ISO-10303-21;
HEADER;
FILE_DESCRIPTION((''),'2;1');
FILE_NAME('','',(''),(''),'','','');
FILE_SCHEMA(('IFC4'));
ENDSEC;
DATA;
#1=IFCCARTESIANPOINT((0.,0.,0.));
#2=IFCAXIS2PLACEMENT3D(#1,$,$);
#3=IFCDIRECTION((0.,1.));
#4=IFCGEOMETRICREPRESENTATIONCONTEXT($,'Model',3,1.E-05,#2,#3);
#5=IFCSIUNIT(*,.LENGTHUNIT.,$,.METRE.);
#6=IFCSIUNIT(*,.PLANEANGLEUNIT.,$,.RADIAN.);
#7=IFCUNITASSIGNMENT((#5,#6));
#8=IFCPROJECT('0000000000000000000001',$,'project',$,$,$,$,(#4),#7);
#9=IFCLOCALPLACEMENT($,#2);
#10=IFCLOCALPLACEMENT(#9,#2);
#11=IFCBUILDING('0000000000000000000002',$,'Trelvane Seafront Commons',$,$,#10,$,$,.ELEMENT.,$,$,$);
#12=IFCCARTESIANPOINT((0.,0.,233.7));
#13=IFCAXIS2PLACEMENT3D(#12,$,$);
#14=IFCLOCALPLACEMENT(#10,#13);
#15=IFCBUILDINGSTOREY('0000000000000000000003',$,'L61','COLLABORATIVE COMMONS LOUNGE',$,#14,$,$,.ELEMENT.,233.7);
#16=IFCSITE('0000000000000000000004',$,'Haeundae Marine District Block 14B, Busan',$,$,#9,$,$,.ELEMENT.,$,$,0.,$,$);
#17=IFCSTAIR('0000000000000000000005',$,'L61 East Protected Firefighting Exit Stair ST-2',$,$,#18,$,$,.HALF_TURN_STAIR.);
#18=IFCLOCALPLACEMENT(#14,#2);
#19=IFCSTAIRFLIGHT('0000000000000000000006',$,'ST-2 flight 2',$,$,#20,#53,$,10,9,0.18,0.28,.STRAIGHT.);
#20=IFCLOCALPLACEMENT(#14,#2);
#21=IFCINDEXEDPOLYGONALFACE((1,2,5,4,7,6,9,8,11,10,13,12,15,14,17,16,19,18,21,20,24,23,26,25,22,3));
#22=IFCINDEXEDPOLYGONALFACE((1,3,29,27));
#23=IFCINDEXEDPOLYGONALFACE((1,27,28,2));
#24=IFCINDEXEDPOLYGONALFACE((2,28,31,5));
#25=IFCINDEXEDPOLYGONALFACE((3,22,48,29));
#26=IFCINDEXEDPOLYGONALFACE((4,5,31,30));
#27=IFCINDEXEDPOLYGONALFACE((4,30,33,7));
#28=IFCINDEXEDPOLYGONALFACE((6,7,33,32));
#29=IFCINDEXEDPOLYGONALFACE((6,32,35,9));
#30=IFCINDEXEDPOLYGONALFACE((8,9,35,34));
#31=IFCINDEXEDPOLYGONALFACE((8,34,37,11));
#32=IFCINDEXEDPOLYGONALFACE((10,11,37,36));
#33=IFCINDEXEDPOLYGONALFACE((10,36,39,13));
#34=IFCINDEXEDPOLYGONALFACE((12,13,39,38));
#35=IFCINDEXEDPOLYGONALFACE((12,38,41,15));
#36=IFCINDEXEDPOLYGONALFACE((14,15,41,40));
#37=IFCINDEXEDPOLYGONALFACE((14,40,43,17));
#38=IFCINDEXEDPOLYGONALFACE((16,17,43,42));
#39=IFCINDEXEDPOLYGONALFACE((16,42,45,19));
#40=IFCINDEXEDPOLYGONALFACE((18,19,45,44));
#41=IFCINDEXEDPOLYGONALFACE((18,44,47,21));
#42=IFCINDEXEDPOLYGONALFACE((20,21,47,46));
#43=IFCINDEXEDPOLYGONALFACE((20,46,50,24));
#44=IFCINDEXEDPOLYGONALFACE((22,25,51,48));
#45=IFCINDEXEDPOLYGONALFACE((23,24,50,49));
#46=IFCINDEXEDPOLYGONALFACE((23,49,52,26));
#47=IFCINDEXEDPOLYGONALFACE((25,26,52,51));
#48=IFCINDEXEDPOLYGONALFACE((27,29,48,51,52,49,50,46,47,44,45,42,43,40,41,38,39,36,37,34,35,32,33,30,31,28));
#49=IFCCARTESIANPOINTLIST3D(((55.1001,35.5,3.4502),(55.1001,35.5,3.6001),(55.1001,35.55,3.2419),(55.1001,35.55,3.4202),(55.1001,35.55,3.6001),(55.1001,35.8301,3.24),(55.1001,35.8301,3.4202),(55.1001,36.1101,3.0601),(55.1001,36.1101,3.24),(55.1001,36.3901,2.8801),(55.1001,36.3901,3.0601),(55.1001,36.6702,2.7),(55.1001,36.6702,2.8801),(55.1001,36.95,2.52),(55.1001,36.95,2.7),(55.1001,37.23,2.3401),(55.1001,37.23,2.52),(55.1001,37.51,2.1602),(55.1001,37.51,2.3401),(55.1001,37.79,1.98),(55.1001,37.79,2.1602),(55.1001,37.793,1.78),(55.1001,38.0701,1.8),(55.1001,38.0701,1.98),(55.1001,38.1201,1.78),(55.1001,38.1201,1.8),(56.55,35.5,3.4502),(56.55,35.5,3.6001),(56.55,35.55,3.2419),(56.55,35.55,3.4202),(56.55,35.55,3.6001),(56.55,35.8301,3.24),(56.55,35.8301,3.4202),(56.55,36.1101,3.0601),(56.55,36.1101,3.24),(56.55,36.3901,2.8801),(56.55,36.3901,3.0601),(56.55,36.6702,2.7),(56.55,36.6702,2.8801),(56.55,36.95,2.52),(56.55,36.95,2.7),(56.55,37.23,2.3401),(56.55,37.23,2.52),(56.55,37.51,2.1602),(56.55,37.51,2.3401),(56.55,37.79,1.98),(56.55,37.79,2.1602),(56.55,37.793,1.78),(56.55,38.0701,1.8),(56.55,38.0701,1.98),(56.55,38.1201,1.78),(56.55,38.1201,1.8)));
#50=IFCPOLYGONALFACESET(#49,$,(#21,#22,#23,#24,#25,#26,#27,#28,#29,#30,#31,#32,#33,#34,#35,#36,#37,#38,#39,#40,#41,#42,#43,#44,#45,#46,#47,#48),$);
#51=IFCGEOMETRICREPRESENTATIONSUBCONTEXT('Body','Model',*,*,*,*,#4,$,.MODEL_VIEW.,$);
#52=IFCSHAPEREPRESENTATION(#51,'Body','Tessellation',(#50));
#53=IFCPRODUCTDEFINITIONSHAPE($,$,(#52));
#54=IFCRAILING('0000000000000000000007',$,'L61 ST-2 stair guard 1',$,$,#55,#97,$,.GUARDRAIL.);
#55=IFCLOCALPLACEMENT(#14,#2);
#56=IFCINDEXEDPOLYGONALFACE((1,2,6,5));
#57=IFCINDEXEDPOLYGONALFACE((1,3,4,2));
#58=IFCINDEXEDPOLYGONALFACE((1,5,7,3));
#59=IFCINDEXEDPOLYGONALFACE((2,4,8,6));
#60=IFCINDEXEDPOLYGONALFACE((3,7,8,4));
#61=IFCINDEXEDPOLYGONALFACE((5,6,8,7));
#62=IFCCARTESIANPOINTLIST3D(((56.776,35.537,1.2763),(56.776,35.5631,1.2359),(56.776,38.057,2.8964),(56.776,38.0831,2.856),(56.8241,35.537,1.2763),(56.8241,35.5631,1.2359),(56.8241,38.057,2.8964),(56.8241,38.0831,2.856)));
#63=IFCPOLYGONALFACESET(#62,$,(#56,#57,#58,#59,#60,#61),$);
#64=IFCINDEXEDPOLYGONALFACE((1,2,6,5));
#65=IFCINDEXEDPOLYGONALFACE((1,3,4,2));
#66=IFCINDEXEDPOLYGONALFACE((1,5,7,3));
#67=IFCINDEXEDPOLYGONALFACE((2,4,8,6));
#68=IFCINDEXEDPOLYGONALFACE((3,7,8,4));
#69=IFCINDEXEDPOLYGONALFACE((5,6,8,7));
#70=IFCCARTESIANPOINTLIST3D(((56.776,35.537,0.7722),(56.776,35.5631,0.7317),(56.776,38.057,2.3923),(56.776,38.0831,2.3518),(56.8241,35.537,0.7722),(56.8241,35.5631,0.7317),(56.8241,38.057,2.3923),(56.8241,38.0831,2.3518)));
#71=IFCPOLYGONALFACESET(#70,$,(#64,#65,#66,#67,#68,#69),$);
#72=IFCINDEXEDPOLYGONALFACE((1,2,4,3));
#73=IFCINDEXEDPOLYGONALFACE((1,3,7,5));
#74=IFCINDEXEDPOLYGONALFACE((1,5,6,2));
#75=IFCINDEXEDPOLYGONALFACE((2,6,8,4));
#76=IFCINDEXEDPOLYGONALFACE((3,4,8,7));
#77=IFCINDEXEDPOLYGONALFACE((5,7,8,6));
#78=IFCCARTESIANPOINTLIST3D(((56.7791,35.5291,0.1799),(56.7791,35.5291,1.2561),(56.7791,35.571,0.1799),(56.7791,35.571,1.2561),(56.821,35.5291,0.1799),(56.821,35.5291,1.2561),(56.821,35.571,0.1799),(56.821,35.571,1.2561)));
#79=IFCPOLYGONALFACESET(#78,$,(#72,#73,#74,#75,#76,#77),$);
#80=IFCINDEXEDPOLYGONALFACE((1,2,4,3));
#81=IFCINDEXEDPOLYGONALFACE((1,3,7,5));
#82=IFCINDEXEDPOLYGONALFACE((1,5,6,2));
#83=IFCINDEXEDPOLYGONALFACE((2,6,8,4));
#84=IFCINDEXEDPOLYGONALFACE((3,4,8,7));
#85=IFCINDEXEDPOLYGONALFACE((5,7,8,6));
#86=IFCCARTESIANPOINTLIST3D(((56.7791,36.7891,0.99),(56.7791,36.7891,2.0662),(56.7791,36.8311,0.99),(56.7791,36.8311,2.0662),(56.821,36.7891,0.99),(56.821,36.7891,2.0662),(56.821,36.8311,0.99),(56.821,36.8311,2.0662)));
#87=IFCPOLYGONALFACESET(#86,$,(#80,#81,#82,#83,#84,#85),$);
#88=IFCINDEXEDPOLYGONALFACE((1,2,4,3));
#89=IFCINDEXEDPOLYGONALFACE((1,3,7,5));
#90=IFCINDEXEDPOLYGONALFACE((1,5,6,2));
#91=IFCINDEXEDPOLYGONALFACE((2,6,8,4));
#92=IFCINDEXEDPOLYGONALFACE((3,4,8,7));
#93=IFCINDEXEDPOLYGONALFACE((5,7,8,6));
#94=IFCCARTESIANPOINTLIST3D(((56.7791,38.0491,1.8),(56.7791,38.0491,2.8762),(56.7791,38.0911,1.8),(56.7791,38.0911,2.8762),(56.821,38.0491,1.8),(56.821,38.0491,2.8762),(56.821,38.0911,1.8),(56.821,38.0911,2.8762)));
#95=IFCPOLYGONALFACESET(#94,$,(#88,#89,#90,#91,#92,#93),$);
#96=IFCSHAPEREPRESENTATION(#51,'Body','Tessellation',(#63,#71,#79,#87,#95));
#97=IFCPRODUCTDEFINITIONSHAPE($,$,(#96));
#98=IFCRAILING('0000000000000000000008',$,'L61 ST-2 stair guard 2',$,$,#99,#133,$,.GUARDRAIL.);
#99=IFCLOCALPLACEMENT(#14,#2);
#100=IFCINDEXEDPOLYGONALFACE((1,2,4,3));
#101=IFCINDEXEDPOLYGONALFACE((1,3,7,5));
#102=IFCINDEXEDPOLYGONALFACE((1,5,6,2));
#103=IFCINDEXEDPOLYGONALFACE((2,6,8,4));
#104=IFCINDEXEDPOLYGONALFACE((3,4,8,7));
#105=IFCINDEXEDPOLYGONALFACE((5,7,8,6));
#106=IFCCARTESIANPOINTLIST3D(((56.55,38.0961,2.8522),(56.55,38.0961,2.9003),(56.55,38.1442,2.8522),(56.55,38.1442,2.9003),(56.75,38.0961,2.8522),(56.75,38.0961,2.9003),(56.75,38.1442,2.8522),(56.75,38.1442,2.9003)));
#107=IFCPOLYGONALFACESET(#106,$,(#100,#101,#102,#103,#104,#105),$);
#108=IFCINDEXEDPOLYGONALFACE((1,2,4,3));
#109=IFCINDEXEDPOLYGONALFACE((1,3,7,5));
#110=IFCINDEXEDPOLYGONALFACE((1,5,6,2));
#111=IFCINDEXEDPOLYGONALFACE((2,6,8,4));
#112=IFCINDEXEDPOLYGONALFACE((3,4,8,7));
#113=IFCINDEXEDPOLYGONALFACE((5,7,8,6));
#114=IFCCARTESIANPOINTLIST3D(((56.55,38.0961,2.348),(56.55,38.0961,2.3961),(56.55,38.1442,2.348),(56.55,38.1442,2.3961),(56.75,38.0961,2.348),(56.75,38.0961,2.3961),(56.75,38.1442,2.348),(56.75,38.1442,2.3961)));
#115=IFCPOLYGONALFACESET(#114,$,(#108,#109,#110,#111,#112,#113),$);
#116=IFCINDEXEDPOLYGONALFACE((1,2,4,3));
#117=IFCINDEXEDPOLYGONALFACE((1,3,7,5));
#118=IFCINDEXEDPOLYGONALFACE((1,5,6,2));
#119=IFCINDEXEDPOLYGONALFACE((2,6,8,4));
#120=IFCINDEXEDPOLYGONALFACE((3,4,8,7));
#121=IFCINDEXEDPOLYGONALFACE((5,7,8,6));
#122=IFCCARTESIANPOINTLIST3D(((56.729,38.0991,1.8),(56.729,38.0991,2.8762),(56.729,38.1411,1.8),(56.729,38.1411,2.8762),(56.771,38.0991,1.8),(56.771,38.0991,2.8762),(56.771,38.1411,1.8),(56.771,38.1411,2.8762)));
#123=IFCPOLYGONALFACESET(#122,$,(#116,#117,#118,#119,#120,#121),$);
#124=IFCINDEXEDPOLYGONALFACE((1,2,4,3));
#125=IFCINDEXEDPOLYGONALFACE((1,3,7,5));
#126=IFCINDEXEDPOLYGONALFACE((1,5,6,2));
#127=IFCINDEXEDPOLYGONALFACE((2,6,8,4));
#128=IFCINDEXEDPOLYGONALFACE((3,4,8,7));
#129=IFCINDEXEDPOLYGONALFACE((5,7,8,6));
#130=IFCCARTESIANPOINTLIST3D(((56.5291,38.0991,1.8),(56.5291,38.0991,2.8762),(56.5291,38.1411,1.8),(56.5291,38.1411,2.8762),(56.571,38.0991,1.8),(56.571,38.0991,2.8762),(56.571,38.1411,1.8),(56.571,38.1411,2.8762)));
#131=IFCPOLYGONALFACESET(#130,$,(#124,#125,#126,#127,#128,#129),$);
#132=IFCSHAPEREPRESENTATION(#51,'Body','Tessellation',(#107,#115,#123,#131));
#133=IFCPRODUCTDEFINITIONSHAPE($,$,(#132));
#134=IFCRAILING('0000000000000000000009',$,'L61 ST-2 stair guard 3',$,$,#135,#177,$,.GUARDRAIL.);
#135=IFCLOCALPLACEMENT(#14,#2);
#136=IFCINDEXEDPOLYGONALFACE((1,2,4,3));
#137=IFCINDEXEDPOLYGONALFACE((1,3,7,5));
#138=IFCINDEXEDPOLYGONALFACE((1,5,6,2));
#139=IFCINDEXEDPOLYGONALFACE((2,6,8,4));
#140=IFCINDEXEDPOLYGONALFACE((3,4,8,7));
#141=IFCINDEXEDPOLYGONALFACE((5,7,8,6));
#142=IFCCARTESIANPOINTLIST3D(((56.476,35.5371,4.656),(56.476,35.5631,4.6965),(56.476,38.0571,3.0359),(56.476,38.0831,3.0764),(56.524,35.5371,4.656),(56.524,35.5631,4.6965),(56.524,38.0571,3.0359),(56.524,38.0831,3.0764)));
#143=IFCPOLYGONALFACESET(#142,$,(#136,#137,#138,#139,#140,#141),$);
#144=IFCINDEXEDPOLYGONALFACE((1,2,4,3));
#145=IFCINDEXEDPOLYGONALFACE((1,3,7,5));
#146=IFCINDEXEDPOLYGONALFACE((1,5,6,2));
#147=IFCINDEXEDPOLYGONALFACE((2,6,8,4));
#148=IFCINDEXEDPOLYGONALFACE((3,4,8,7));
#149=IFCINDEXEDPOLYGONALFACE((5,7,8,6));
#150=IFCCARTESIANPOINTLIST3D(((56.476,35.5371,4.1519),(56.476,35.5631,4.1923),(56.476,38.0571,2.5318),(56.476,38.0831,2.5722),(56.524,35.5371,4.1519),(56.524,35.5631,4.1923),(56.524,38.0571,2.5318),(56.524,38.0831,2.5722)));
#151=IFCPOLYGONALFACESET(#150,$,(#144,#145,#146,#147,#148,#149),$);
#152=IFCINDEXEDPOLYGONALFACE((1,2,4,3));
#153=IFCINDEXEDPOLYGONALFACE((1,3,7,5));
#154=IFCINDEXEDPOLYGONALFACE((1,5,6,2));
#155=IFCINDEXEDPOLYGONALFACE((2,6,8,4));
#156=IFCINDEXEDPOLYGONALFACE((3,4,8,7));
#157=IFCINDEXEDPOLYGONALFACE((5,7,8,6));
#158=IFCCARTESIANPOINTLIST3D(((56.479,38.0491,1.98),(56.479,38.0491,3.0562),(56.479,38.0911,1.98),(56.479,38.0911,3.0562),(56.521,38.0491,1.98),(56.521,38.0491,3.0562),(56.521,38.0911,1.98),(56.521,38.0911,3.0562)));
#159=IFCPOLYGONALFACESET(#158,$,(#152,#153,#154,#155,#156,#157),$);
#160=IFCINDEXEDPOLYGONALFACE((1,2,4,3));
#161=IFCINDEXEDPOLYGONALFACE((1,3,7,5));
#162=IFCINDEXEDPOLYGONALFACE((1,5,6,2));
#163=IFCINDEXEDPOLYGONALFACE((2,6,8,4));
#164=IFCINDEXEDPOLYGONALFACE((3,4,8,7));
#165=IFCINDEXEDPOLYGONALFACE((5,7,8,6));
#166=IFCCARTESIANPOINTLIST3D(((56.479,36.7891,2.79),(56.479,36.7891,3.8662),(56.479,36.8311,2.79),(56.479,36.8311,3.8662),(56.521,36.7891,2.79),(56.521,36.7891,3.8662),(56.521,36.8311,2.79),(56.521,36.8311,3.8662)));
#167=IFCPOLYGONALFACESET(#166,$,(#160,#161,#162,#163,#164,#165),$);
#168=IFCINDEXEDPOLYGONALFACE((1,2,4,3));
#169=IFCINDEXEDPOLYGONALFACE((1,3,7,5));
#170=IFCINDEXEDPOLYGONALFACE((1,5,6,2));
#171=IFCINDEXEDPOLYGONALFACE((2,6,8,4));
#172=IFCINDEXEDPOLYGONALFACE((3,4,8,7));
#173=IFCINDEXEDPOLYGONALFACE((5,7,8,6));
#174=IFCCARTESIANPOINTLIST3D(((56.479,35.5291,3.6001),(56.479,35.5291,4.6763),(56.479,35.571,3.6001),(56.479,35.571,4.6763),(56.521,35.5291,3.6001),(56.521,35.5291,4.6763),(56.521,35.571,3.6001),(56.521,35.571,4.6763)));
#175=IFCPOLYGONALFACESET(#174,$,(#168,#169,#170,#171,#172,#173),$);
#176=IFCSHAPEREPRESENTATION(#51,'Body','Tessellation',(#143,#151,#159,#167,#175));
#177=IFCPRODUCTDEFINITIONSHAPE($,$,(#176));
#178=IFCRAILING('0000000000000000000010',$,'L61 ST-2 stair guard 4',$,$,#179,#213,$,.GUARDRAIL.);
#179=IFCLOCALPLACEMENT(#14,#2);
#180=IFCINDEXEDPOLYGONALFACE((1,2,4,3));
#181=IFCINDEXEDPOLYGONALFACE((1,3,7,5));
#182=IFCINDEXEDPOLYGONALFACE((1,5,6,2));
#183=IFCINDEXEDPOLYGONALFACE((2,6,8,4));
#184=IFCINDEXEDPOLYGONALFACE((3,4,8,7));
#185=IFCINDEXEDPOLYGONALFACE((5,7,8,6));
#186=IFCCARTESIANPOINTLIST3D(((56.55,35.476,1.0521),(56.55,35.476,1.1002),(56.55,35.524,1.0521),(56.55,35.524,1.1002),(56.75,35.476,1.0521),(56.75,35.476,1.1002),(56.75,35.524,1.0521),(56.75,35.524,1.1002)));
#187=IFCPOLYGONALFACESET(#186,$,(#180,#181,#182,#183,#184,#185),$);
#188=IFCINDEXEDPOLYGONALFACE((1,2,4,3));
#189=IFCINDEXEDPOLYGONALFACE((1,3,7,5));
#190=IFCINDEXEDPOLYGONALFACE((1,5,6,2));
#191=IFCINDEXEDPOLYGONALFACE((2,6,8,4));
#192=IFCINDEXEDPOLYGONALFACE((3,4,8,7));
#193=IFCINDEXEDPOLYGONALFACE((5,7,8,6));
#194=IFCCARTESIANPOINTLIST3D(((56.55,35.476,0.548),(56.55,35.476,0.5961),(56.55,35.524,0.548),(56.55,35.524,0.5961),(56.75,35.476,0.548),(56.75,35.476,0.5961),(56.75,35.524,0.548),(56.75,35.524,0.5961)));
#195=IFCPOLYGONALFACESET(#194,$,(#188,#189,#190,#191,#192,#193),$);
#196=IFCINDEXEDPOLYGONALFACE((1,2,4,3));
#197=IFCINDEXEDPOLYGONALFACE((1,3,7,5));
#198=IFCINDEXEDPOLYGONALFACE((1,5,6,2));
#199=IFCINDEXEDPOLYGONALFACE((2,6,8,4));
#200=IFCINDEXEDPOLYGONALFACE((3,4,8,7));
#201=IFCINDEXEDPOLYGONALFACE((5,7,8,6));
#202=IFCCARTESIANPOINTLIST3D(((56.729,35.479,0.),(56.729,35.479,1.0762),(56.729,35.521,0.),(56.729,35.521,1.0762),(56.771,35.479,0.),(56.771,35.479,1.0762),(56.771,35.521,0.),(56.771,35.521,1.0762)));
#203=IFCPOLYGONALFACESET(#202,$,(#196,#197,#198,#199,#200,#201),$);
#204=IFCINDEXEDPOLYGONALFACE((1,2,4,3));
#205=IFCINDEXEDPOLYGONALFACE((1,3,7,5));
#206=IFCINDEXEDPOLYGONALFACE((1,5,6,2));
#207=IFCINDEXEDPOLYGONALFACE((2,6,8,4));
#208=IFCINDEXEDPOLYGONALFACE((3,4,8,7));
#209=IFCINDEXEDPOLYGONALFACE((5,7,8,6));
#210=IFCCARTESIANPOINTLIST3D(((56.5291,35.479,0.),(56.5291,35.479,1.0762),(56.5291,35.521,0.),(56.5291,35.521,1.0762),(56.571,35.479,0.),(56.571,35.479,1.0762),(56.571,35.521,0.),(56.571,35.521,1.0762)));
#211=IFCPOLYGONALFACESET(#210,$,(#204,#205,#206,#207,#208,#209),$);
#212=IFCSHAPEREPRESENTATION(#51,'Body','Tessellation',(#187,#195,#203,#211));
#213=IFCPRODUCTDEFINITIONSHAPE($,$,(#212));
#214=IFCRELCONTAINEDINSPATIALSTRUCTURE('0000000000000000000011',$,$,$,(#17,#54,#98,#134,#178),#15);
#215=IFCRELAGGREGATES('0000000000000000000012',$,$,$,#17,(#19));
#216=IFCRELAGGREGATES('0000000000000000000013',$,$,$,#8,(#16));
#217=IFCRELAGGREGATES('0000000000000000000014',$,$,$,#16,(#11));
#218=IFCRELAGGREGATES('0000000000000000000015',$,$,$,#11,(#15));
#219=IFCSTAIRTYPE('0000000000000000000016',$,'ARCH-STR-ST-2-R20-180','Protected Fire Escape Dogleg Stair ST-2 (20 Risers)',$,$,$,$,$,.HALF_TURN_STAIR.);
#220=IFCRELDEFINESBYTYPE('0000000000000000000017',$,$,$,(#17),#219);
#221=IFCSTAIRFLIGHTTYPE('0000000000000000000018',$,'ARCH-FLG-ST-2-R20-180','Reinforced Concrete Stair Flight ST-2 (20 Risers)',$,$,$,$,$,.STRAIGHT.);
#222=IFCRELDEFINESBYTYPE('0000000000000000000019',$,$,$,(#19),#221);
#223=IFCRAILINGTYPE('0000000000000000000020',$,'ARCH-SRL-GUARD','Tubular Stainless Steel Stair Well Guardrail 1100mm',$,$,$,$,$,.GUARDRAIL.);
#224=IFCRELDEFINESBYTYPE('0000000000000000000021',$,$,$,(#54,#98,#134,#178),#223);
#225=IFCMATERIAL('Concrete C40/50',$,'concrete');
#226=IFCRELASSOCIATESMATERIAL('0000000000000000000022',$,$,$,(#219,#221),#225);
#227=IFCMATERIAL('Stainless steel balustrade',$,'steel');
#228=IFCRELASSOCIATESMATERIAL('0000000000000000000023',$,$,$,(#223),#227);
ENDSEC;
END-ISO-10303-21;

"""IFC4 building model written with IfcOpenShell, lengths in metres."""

from ifc_helpers import new_model, si_unit, direction, frame, origin, origin_2d, place, context, subcontext, project, spatial, polyline, rectangle, outline, extrude, source, transform, mapped, material, type_object, element, aggregate, save


model = new_model("IFC4")

# Units and contexts
model_context = context("Model", 3, precision=1e-05, world=origin(), true_north=direction((0.0, 1.0)))
body_context = subcontext(model_context, "Body", "Model", "MODEL_VIEW")
ifc_project = project(units=[si_unit("LENGTHUNIT", "METRE"), si_unit("PLANEANGLEUNIT", "RADIAN")], contexts=[model_context])

# Site, building, storey
site_placement = place(None, origin())
site = spatial("IfcSite", under=ifc_project, at=site_placement, Name="Haeundae Marine District Block 14B, Busan", CompositionType="ELEMENT", RefElevation=0.0)
building_placement = place(site_placement, origin())
building = spatial("IfcBuilding", under=site, at=building_placement, Name="Trelvane Seafront Commons", CompositionType="ELEMENT")
storey_placement = place(building_placement, frame((0.0, 0.0, 233.7)))
storey = spatial("IfcBuildingStorey", under=building, at=storey_placement, Name="L61", Description="COLLABORATIVE COMMONS LOUNGE", CompositionType="ELEMENT", Elevation=233.7)

# Shared definitions
ifc_material_1 = material(Name="Concrete C40/50", Category="concrete")

# Stair, stair flight
stair_type = type_object("IfcStairType", Name="ARCH-STR-ST-2-R20-180", Description="Protected Fire Escape Dogleg Stair ST-2 (20 Risers)", PredefinedType="HALF_TURN_STAIR", material=ifc_material_1)
stair_placement = place(storey_placement, origin())
stair = element("IfcStair", 1, at=stair_placement, inside=storey, type_object=stair_type, Name="L61 East Protected Firefighting Exit Stair ST-2", PredefinedType="HALF_TURN_STAIR")
stair_flight_type = type_object("IfcStairFlightType", Name="ARCH-FLG-ST-2-R20-180", Description="Reinforced Concrete Stair Flight ST-2 (20 Risers)", PredefinedType="STRAIGHT", material=ifc_material_1)
shared_shape_1 = source(origin(), body_context, "Body", "SweptSolid", [
    extrude(outline(polyline([(-0.05, -0.02), (-0.05, 0.0), (0.0, 0.0), (0.0, 0.1799), (0.28, 0.1799), (0.28, 0.3601), (0.5601, 0.3601), (0.5601, 0.54), (0.8401, 0.54), (0.8401, 0.72), (1.1201, 0.72), (1.1201, 0.8999), (1.3999, 0.8999), (1.3999, 1.0801), (1.6799, 1.0801), (1.6799, 1.26), (1.96, 1.26), (1.96, 1.4399), (2.24, 1.4399), (2.24, 1.6201), (2.52, 1.6201), (2.52, 1.8), (2.5701, 1.8), (2.5701, 1.6501), (2.52, 1.4419), (0.2771, -0.02), (-0.05, -0.02)])), frame((0.0, 0.7251, 0.0), z_axis=(0.0, -1.0, 0.0), x_axis=(1.0, 0.0, 0.0)), (0.0, 0.0, 1.0), 1.45),
])
stair_flight_1_placement = place(storey_placement, frame((55.825, 38.0701, 1.8), z_axis=(0.0, 0.0, 1.0), x_axis=(0.0, -1.0, 0.0)))
stair_flight_1 = element("IfcStairFlight", 2, at=stair_flight_1_placement, type_object=stair_flight_type, Name="ST-2 flight 2", NumberOfRisers=10, NumberOfTreads=9, PredefinedType="STRAIGHT", RiserHeight=0.18, TreadLength=0.28, context=body_context, shape_type="MappedRepresentation", body=[
    mapped(shared_shape_1, transform((0.0, 0.0, 0.0), x_axis=(1.0, 0.0, 0.0), y_axis=(0.0, 1.0, 0.0), z_axis=(0.0, 0.0, 1.0), scale=1.0)),
])
aggregate(stair, [stair_flight_1])

# Railings
ifc_material_2 = material(Name="Stainless steel balustrade", Category="steel")
railing_type_1 = type_object("IfcRailingType", Name="ARCH-SRL-GUARD", Description="Tubular Stainless Steel Stair Well Guardrail 1100mm", PredefinedType="GUARDRAIL", material=ifc_material_2)
railing_1_placement = place(storey_placement, frame((56.8, 35.55, 0.1799)))
element("IfcRailing", 3, at=railing_1_placement, inside=storey, type_object=railing_type_1, Name="L61 ST-2 stair guard 1", PredefinedType="GUARDRAIL", context=body_context, shape_type="SweptSolid", body=[
    extrude(rectangle(XDim=0.0481, YDim=0.0481, at=origin_2d()), frame((0.0, 0.0, 1.0762), z_axis=(0.0, 0.841163, 0.540782), x_axis=(-1.0, 0.0, 0.0)), (0.0, 0.0, 1.0), 2.9958),
    extrude(rectangle(XDim=0.0481, YDim=0.0481, at=origin_2d()), frame((0.0, 0.0, 0.572), z_axis=(0.0, 0.841163, 0.540782), x_axis=(-1.0, 0.0, 0.0)), (0.0, 0.0, 1.0), 2.9958),
    extrude(rectangle(XDim=0.042, YDim=0.042, at=origin_2d()), origin(), (0.0, 0.0, 1.0), 1.0762),
    extrude(rectangle(XDim=0.042, YDim=0.042, at=origin_2d()), frame((0.0, 1.26, 0.8101)), (0.0, 0.0, 1.0), 1.0762),
    extrude(rectangle(XDim=0.042, YDim=0.042, at=origin_2d()), frame((0.0, 2.52, 1.6201)), (0.0, 0.0, 1.0), 1.0762),
])
railing_2_placement = place(storey_placement, frame((56.75, 38.1201, 1.8)))
element("IfcRailing", 4, at=railing_2_placement, inside=storey, type_object=railing_type_1, Name="L61 ST-2 stair guard 2", PredefinedType="GUARDRAIL", context=body_context, shape_type="SweptSolid", body=[
    extrude(rectangle(XDim=0.0481, YDim=0.0481, at=origin_2d()), frame((0.0, 0.0, 1.0762), z_axis=(-1.0, 0.0, 0.0), x_axis=(0.0, -1.0, 0.0)), (0.0, 0.0, 1.0), 0.2),
    extrude(rectangle(XDim=0.0481, YDim=0.0481, at=origin_2d()), frame((0.0, 0.0, 0.572), z_axis=(-1.0, 0.0, 0.0), x_axis=(0.0, -1.0, 0.0)), (0.0, 0.0, 1.0), 0.2),
    extrude(rectangle(XDim=0.042, YDim=0.042, at=origin_2d()), origin(), (0.0, 0.0, 1.0), 1.0762),
    extrude(rectangle(XDim=0.042, YDim=0.042, at=origin_2d()), frame((-0.2, 0.0, 0.0)), (0.0, 0.0, 1.0), 1.0762),
])
railing_3_placement = place(storey_placement, frame((56.5, 38.0701, 1.98)))
element("IfcRailing", 5, at=railing_3_placement, inside=storey, type_object=railing_type_1, Name="L61 ST-2 stair guard 3", PredefinedType="GUARDRAIL", context=body_context, shape_type="SweptSolid", body=[
    extrude(rectangle(XDim=0.0481, YDim=0.0481, at=origin_2d()), frame((0.0, 0.0, 1.0762), z_axis=(0.0, -0.841163, 0.540782), x_axis=(1.0, 0.0, 0.0)), (0.0, 0.0, 1.0), 2.9958),
    extrude(rectangle(XDim=0.0481, YDim=0.0481, at=origin_2d()), frame((0.0, 0.0, 0.572), z_axis=(0.0, -0.841163, 0.540782), x_axis=(1.0, 0.0, 0.0)), (0.0, 0.0, 1.0), 2.9958),
    extrude(rectangle(XDim=0.042, YDim=0.042, at=origin_2d()), origin(), (0.0, 0.0, 1.0), 1.0762),
    extrude(rectangle(XDim=0.042, YDim=0.042, at=origin_2d()), frame((0.0, -1.26, 0.8101)), (0.0, 0.0, 1.0), 1.0762),
    extrude(rectangle(XDim=0.042, YDim=0.042, at=origin_2d()), frame((0.0, -2.52, 1.6201)), (0.0, 0.0, 1.0), 1.0762),
])
railing_4_placement = place(storey_placement, frame((56.75, 35.5, 0.0)))
element("IfcRailing", 6, at=railing_4_placement, inside=storey, type_object=railing_type_1, Name="L61 ST-2 stair guard 4", PredefinedType="GUARDRAIL", context=body_context, shape_type="SweptSolid", body=[
    extrude(rectangle(XDim=0.0481, YDim=0.0481, at=origin_2d()), frame((0.0, 0.0, 1.0762), z_axis=(-1.0, 0.0, 0.0), x_axis=(0.0, -1.0, 0.0)), (0.0, 0.0, 1.0), 0.2),
    extrude(rectangle(XDim=0.0481, YDim=0.0481, at=origin_2d()), frame((0.0, 0.0, 0.572), z_axis=(-1.0, 0.0, 0.0), x_axis=(0.0, -1.0, 0.0)), (0.0, 0.0, 1.0), 0.2),
    extrude(rectangle(XDim=0.042, YDim=0.042, at=origin_2d()), origin(), (0.0, 0.0, 1.0), 1.0762),
    extrude(rectangle(XDim=0.042, YDim=0.042, at=origin_2d()), frame((-0.2, 0.0, 0.0)), (0.0, 0.0, 1.0), 1.0762),
])

save(model, "model.ifc")
